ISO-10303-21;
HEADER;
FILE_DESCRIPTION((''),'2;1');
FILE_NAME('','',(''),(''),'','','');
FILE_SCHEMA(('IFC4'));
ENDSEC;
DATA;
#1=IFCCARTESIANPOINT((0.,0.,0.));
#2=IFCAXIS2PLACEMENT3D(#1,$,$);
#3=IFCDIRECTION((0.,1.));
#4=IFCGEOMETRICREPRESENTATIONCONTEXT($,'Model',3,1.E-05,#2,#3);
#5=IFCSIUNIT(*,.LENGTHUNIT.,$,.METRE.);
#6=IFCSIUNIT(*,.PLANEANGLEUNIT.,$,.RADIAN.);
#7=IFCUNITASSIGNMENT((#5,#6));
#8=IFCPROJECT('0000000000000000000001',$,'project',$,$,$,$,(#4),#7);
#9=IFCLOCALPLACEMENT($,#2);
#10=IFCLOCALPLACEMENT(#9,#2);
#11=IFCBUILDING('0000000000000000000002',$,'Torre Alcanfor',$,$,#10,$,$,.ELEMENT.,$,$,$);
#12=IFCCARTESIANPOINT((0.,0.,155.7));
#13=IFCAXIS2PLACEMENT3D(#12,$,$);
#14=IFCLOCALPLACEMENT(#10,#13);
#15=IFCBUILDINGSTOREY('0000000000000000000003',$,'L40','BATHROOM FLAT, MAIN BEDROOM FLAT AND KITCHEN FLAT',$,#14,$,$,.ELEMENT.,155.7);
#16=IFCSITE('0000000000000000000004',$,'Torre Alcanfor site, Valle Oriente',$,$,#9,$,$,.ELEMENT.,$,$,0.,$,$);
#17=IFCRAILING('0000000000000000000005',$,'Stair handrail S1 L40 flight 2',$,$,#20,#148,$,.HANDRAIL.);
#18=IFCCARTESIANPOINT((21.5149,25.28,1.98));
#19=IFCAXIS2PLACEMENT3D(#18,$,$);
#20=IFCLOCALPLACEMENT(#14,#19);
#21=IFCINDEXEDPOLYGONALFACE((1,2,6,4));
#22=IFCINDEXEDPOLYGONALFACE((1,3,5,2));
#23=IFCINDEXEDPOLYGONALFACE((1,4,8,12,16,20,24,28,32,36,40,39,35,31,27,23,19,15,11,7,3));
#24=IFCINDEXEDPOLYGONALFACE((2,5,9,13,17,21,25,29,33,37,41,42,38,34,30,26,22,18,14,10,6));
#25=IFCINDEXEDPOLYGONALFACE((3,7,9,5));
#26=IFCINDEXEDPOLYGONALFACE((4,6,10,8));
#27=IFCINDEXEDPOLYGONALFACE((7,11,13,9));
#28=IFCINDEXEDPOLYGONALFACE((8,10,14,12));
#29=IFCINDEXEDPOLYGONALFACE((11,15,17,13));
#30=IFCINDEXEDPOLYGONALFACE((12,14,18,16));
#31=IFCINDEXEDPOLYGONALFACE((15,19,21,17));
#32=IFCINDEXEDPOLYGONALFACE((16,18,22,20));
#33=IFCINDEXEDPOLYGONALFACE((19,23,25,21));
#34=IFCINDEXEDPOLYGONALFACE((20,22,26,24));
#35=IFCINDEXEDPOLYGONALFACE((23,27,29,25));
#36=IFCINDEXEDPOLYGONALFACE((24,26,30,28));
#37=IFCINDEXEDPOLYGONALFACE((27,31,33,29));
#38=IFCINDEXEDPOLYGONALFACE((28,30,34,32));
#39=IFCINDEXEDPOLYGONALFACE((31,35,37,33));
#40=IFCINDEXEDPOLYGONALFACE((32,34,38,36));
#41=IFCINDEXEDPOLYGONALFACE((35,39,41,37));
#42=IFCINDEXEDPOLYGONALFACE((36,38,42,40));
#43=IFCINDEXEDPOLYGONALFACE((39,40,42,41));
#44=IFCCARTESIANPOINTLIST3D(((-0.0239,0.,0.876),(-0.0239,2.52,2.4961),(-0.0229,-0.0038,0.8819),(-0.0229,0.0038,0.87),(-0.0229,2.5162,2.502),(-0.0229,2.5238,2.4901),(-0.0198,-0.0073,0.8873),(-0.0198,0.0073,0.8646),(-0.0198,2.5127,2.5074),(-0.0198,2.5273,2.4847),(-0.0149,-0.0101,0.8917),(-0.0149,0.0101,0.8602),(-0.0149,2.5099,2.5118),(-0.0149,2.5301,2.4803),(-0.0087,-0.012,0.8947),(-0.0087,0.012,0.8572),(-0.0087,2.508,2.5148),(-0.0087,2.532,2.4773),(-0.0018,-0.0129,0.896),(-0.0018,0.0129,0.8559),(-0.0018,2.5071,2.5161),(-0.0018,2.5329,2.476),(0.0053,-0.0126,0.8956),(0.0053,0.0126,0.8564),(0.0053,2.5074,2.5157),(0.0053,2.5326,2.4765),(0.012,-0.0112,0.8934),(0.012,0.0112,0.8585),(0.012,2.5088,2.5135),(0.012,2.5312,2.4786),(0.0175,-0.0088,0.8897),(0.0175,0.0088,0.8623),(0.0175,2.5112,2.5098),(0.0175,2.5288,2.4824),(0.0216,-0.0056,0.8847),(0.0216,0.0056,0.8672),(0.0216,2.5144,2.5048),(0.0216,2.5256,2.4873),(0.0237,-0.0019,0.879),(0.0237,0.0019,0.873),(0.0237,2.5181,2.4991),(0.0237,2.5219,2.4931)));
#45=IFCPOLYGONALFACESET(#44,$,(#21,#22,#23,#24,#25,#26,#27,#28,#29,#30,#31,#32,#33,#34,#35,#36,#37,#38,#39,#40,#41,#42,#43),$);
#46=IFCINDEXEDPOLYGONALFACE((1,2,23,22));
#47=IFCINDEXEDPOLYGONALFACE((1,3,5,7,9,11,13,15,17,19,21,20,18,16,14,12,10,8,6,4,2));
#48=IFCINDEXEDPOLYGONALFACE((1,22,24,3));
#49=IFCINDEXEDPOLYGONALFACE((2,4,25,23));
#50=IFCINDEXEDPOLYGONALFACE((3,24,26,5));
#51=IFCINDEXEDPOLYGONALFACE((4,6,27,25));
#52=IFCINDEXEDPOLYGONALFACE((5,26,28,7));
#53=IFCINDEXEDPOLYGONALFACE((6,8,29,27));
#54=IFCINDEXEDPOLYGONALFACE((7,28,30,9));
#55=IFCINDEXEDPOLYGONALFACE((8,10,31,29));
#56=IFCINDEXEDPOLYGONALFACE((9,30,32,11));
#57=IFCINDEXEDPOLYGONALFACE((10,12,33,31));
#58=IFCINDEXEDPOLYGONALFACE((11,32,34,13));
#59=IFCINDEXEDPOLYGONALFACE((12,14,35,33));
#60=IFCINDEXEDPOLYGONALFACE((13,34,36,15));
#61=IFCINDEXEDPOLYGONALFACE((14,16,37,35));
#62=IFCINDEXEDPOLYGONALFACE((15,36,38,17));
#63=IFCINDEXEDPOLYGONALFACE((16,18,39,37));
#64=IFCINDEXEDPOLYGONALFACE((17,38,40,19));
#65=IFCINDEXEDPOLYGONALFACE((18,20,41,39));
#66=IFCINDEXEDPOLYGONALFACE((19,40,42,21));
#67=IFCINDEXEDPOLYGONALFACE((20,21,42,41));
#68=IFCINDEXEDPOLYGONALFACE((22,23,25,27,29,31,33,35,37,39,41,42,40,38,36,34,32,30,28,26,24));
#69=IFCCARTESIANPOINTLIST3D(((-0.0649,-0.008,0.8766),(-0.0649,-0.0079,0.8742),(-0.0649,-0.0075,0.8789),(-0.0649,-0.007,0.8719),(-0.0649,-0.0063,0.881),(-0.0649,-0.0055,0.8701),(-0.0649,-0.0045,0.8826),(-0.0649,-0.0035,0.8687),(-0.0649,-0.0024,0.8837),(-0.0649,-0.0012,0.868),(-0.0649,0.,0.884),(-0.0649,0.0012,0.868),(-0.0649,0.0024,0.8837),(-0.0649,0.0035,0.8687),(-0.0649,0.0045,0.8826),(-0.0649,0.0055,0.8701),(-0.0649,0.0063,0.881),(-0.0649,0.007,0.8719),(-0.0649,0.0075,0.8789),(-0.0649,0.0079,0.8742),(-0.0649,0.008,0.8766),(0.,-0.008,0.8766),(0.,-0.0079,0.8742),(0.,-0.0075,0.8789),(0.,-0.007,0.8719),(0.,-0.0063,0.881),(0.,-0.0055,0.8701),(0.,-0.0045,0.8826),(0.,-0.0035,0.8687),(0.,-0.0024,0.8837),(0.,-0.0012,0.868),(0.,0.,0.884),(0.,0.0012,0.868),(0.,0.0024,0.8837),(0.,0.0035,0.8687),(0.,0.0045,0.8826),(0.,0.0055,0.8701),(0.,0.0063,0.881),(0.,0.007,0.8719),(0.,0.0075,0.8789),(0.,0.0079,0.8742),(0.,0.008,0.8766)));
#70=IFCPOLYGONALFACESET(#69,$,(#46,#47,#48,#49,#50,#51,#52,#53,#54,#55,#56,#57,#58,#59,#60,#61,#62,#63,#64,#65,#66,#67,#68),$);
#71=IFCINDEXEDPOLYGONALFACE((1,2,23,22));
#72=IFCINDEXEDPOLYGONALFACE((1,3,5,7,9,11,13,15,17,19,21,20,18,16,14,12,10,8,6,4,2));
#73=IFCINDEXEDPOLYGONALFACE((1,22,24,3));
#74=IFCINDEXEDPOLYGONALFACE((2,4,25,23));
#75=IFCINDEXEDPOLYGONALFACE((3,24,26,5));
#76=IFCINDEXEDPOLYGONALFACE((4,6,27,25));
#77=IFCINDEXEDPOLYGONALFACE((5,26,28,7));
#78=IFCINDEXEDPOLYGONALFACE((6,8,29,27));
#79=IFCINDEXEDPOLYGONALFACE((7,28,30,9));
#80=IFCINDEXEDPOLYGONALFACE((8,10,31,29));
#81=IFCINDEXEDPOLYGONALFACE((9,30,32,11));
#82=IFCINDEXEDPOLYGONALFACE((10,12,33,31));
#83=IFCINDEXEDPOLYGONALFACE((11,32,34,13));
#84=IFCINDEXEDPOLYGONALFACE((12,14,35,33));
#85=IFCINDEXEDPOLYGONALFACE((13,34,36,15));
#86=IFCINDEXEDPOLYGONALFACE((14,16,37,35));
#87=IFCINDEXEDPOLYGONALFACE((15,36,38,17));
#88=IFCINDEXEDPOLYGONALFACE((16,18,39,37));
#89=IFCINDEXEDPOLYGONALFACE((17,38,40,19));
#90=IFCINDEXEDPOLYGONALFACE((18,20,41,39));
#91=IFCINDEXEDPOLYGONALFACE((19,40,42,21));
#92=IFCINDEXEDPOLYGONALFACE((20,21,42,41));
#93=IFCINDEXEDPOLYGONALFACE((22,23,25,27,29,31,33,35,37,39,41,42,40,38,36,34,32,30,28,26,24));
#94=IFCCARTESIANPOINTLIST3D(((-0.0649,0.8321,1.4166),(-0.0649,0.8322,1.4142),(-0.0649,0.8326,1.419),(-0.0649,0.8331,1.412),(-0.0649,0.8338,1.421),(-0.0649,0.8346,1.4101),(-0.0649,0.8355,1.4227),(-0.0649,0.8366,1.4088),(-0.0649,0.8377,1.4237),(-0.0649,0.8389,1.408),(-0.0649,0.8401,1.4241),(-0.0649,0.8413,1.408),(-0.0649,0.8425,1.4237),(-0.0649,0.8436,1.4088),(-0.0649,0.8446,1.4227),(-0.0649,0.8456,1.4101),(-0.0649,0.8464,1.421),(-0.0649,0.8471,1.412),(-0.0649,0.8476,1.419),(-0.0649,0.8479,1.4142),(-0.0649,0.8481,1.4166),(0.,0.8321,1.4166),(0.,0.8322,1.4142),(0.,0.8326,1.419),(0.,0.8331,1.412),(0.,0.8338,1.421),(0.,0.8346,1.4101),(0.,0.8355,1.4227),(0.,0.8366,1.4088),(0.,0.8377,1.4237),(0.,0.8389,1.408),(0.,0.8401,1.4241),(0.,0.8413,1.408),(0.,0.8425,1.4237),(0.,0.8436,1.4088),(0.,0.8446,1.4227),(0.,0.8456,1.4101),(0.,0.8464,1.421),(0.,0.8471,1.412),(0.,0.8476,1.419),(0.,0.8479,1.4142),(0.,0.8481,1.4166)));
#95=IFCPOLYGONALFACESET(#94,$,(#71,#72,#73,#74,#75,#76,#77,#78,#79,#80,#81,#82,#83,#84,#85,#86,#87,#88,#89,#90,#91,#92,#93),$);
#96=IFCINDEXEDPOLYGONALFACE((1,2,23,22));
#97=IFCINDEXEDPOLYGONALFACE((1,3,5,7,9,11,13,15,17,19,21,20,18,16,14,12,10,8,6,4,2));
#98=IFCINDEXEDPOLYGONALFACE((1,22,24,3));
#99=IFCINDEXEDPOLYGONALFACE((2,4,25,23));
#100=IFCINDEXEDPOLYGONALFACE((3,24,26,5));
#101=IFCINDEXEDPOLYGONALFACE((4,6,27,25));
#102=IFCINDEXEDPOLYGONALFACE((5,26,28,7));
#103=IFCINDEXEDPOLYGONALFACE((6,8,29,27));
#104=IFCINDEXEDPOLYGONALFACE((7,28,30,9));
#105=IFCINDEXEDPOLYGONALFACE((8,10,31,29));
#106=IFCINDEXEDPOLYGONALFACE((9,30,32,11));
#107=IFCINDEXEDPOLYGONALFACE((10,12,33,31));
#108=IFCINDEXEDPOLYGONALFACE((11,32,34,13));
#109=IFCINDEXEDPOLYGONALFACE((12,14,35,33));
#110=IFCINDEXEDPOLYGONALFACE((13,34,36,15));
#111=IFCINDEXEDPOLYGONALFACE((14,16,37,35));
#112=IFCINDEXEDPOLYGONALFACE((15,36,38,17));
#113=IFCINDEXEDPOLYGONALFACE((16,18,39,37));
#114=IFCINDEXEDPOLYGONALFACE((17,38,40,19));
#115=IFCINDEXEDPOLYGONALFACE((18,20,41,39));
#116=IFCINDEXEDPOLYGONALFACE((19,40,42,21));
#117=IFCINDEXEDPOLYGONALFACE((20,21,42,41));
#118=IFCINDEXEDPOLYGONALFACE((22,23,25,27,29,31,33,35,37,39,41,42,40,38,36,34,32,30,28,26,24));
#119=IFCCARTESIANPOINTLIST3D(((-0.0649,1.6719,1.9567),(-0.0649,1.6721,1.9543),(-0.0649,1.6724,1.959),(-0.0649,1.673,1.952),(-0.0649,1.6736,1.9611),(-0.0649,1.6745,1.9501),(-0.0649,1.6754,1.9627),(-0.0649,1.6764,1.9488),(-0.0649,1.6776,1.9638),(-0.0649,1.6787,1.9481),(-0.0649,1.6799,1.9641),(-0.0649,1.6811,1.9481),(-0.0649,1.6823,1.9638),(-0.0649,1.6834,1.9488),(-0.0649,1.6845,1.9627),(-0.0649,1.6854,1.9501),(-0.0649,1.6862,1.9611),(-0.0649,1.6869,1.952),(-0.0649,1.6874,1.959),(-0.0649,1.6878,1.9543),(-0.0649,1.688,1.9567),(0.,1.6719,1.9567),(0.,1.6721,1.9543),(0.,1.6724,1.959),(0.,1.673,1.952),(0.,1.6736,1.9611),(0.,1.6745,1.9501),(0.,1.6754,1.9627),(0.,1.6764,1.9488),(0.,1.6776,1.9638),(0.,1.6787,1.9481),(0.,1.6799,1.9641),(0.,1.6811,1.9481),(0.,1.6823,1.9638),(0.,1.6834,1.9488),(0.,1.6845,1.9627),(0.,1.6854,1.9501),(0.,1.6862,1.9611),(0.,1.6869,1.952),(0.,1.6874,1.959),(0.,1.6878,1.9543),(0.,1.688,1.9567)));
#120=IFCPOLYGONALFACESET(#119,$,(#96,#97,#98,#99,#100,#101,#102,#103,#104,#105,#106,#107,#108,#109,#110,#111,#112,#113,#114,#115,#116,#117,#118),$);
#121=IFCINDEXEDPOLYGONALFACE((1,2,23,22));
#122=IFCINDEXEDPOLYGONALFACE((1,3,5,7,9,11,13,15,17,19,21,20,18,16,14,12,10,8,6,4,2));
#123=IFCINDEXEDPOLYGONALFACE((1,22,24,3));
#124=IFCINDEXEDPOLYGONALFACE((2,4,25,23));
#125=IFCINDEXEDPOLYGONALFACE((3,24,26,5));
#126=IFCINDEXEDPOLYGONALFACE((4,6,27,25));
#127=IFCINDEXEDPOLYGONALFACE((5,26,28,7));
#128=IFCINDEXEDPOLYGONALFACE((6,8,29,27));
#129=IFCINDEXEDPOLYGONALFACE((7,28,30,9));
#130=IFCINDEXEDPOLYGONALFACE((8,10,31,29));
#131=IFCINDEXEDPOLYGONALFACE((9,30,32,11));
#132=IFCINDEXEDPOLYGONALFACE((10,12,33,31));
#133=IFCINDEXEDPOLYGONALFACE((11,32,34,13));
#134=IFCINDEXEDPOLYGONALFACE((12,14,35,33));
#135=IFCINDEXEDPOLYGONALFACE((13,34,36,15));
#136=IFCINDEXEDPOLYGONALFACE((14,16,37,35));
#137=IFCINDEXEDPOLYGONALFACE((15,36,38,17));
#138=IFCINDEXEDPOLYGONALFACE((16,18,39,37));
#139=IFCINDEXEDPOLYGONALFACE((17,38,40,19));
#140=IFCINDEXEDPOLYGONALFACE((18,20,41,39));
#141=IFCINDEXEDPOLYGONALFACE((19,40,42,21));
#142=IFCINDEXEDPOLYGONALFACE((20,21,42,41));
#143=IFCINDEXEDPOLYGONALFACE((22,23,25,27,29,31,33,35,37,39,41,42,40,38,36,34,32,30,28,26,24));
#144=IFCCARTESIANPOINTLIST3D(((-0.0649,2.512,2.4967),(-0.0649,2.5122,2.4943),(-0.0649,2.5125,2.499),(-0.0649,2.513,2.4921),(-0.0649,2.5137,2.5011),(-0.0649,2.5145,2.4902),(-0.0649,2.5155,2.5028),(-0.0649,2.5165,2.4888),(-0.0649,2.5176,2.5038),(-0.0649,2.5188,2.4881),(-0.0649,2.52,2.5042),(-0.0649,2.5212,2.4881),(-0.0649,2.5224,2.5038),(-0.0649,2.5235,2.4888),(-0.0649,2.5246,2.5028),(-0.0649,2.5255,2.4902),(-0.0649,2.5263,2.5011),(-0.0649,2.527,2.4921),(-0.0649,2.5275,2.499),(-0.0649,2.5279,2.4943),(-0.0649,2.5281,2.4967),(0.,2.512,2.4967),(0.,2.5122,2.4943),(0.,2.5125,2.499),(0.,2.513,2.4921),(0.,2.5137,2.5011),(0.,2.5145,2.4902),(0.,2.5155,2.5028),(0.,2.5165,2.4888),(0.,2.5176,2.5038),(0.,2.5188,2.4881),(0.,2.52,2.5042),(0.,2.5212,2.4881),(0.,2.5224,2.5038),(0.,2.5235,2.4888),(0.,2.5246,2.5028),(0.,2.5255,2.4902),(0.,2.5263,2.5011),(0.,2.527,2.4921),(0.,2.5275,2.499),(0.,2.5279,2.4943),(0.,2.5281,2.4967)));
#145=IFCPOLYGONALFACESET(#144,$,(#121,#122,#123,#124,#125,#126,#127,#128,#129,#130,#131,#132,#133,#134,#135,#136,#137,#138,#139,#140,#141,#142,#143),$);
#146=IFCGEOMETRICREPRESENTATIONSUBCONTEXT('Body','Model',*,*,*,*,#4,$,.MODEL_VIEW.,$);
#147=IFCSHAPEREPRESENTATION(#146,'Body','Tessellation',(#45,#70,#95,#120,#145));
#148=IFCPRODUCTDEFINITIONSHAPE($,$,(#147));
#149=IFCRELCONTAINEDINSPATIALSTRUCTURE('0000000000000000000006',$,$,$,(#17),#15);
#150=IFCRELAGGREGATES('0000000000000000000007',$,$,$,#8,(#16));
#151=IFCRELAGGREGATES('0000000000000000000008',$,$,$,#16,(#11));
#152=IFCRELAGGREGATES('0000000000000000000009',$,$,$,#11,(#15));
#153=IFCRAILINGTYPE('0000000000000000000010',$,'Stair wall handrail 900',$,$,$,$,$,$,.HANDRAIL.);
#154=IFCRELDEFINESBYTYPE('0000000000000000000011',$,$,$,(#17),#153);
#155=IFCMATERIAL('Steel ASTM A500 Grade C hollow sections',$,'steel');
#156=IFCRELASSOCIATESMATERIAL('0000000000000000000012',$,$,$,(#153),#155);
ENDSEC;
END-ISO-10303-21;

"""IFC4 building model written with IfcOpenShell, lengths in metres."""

from ifc_helpers import new_model, si_unit, direction, frame, origin, origin_2d, place, context, subcontext, project, spatial, circle, extrude, material, type_object, element, save


model = new_model("IFC4")

# Units and contexts
model_context = context("Model", 3, precision=1e-05, world=origin(), true_north=direction((0.0, 1.0)))
body_context = subcontext(model_context, "Body", "Model", "MODEL_VIEW")
ifc_project = project(units=[si_unit("LENGTHUNIT", "METRE"), si_unit("PLANEANGLEUNIT", "RADIAN")], contexts=[model_context])

# Site, building, storey
site_placement = place(None, origin())
site = spatial("IfcSite", under=ifc_project, at=site_placement, Name="Torre Alcanfor site, Valle Oriente", CompositionType="ELEMENT", RefElevation=0.0)
building_placement = place(site_placement, origin())
building = spatial("IfcBuilding", under=site, at=building_placement, Name="Torre Alcanfor", CompositionType="ELEMENT")
storey_placement = place(building_placement, frame((0.0, 0.0, 155.7)))
storey = spatial("IfcBuildingStorey", under=building, at=storey_placement, Name="L40", Description="BATHROOM FLAT, MAIN BEDROOM FLAT AND KITCHEN FLAT", CompositionType="ELEMENT", Elevation=155.7)

# Railing
ifc_material_1 = material(Name="Steel ASTM A500 Grade C hollow sections", Category="steel")
railing_type_1 = type_object("IfcRailingType", Name="Stair wall handrail 900", PredefinedType="HANDRAIL", material=ifc_material_1)
railing_1_placement = place(storey_placement, frame((21.5149, 25.28, 1.98)))
element("IfcRailing", 1, at=railing_1_placement, inside=storey, type_object=railing_type_1, Name="Stair handrail S1 L40 flight 2", PredefinedType="HANDRAIL", context=body_context, shape_type="SweptSolid", body=[
    extrude(circle(Radius=0.0239, at=origin_2d()), frame((0.0, 0.0, 0.876), z_axis=(0.0, 0.841163, 0.540782), x_axis=(-1.0, 0.0, 0.0)), (0.0, 0.0, 1.0), 2.9958),
    extrude(circle(Radius=0.0081, at=origin_2d()), frame((0.0, 0.0, 0.876), z_axis=(-1.0, 0.0, 0.0), x_axis=(0.0, 0.0, 1.0)), (0.0, 0.0, 1.0), 0.0649),
    extrude(circle(Radius=0.0081, at=origin_2d()), frame((0.0, 0.8401, 1.416), z_axis=(-1.0, 0.0, 0.0), x_axis=(0.0, 0.0, 1.0)), (0.0, 0.0, 1.0), 0.0649),
    extrude(circle(Radius=0.0081, at=origin_2d()), frame((0.0, 1.6799, 1.9561), z_axis=(-1.0, 0.0, 0.0), x_axis=(0.0, 0.0, 1.0)), (0.0, 0.0, 1.0), 0.0649),
    extrude(circle(Radius=0.0081, at=origin_2d()), frame((0.0, 2.52, 2.4961), z_axis=(-1.0, 0.0, 0.0), x_axis=(0.0, 0.0, 1.0)), (0.0, 0.0, 1.0), 0.0649),
])

save(model, "model.ifc")
